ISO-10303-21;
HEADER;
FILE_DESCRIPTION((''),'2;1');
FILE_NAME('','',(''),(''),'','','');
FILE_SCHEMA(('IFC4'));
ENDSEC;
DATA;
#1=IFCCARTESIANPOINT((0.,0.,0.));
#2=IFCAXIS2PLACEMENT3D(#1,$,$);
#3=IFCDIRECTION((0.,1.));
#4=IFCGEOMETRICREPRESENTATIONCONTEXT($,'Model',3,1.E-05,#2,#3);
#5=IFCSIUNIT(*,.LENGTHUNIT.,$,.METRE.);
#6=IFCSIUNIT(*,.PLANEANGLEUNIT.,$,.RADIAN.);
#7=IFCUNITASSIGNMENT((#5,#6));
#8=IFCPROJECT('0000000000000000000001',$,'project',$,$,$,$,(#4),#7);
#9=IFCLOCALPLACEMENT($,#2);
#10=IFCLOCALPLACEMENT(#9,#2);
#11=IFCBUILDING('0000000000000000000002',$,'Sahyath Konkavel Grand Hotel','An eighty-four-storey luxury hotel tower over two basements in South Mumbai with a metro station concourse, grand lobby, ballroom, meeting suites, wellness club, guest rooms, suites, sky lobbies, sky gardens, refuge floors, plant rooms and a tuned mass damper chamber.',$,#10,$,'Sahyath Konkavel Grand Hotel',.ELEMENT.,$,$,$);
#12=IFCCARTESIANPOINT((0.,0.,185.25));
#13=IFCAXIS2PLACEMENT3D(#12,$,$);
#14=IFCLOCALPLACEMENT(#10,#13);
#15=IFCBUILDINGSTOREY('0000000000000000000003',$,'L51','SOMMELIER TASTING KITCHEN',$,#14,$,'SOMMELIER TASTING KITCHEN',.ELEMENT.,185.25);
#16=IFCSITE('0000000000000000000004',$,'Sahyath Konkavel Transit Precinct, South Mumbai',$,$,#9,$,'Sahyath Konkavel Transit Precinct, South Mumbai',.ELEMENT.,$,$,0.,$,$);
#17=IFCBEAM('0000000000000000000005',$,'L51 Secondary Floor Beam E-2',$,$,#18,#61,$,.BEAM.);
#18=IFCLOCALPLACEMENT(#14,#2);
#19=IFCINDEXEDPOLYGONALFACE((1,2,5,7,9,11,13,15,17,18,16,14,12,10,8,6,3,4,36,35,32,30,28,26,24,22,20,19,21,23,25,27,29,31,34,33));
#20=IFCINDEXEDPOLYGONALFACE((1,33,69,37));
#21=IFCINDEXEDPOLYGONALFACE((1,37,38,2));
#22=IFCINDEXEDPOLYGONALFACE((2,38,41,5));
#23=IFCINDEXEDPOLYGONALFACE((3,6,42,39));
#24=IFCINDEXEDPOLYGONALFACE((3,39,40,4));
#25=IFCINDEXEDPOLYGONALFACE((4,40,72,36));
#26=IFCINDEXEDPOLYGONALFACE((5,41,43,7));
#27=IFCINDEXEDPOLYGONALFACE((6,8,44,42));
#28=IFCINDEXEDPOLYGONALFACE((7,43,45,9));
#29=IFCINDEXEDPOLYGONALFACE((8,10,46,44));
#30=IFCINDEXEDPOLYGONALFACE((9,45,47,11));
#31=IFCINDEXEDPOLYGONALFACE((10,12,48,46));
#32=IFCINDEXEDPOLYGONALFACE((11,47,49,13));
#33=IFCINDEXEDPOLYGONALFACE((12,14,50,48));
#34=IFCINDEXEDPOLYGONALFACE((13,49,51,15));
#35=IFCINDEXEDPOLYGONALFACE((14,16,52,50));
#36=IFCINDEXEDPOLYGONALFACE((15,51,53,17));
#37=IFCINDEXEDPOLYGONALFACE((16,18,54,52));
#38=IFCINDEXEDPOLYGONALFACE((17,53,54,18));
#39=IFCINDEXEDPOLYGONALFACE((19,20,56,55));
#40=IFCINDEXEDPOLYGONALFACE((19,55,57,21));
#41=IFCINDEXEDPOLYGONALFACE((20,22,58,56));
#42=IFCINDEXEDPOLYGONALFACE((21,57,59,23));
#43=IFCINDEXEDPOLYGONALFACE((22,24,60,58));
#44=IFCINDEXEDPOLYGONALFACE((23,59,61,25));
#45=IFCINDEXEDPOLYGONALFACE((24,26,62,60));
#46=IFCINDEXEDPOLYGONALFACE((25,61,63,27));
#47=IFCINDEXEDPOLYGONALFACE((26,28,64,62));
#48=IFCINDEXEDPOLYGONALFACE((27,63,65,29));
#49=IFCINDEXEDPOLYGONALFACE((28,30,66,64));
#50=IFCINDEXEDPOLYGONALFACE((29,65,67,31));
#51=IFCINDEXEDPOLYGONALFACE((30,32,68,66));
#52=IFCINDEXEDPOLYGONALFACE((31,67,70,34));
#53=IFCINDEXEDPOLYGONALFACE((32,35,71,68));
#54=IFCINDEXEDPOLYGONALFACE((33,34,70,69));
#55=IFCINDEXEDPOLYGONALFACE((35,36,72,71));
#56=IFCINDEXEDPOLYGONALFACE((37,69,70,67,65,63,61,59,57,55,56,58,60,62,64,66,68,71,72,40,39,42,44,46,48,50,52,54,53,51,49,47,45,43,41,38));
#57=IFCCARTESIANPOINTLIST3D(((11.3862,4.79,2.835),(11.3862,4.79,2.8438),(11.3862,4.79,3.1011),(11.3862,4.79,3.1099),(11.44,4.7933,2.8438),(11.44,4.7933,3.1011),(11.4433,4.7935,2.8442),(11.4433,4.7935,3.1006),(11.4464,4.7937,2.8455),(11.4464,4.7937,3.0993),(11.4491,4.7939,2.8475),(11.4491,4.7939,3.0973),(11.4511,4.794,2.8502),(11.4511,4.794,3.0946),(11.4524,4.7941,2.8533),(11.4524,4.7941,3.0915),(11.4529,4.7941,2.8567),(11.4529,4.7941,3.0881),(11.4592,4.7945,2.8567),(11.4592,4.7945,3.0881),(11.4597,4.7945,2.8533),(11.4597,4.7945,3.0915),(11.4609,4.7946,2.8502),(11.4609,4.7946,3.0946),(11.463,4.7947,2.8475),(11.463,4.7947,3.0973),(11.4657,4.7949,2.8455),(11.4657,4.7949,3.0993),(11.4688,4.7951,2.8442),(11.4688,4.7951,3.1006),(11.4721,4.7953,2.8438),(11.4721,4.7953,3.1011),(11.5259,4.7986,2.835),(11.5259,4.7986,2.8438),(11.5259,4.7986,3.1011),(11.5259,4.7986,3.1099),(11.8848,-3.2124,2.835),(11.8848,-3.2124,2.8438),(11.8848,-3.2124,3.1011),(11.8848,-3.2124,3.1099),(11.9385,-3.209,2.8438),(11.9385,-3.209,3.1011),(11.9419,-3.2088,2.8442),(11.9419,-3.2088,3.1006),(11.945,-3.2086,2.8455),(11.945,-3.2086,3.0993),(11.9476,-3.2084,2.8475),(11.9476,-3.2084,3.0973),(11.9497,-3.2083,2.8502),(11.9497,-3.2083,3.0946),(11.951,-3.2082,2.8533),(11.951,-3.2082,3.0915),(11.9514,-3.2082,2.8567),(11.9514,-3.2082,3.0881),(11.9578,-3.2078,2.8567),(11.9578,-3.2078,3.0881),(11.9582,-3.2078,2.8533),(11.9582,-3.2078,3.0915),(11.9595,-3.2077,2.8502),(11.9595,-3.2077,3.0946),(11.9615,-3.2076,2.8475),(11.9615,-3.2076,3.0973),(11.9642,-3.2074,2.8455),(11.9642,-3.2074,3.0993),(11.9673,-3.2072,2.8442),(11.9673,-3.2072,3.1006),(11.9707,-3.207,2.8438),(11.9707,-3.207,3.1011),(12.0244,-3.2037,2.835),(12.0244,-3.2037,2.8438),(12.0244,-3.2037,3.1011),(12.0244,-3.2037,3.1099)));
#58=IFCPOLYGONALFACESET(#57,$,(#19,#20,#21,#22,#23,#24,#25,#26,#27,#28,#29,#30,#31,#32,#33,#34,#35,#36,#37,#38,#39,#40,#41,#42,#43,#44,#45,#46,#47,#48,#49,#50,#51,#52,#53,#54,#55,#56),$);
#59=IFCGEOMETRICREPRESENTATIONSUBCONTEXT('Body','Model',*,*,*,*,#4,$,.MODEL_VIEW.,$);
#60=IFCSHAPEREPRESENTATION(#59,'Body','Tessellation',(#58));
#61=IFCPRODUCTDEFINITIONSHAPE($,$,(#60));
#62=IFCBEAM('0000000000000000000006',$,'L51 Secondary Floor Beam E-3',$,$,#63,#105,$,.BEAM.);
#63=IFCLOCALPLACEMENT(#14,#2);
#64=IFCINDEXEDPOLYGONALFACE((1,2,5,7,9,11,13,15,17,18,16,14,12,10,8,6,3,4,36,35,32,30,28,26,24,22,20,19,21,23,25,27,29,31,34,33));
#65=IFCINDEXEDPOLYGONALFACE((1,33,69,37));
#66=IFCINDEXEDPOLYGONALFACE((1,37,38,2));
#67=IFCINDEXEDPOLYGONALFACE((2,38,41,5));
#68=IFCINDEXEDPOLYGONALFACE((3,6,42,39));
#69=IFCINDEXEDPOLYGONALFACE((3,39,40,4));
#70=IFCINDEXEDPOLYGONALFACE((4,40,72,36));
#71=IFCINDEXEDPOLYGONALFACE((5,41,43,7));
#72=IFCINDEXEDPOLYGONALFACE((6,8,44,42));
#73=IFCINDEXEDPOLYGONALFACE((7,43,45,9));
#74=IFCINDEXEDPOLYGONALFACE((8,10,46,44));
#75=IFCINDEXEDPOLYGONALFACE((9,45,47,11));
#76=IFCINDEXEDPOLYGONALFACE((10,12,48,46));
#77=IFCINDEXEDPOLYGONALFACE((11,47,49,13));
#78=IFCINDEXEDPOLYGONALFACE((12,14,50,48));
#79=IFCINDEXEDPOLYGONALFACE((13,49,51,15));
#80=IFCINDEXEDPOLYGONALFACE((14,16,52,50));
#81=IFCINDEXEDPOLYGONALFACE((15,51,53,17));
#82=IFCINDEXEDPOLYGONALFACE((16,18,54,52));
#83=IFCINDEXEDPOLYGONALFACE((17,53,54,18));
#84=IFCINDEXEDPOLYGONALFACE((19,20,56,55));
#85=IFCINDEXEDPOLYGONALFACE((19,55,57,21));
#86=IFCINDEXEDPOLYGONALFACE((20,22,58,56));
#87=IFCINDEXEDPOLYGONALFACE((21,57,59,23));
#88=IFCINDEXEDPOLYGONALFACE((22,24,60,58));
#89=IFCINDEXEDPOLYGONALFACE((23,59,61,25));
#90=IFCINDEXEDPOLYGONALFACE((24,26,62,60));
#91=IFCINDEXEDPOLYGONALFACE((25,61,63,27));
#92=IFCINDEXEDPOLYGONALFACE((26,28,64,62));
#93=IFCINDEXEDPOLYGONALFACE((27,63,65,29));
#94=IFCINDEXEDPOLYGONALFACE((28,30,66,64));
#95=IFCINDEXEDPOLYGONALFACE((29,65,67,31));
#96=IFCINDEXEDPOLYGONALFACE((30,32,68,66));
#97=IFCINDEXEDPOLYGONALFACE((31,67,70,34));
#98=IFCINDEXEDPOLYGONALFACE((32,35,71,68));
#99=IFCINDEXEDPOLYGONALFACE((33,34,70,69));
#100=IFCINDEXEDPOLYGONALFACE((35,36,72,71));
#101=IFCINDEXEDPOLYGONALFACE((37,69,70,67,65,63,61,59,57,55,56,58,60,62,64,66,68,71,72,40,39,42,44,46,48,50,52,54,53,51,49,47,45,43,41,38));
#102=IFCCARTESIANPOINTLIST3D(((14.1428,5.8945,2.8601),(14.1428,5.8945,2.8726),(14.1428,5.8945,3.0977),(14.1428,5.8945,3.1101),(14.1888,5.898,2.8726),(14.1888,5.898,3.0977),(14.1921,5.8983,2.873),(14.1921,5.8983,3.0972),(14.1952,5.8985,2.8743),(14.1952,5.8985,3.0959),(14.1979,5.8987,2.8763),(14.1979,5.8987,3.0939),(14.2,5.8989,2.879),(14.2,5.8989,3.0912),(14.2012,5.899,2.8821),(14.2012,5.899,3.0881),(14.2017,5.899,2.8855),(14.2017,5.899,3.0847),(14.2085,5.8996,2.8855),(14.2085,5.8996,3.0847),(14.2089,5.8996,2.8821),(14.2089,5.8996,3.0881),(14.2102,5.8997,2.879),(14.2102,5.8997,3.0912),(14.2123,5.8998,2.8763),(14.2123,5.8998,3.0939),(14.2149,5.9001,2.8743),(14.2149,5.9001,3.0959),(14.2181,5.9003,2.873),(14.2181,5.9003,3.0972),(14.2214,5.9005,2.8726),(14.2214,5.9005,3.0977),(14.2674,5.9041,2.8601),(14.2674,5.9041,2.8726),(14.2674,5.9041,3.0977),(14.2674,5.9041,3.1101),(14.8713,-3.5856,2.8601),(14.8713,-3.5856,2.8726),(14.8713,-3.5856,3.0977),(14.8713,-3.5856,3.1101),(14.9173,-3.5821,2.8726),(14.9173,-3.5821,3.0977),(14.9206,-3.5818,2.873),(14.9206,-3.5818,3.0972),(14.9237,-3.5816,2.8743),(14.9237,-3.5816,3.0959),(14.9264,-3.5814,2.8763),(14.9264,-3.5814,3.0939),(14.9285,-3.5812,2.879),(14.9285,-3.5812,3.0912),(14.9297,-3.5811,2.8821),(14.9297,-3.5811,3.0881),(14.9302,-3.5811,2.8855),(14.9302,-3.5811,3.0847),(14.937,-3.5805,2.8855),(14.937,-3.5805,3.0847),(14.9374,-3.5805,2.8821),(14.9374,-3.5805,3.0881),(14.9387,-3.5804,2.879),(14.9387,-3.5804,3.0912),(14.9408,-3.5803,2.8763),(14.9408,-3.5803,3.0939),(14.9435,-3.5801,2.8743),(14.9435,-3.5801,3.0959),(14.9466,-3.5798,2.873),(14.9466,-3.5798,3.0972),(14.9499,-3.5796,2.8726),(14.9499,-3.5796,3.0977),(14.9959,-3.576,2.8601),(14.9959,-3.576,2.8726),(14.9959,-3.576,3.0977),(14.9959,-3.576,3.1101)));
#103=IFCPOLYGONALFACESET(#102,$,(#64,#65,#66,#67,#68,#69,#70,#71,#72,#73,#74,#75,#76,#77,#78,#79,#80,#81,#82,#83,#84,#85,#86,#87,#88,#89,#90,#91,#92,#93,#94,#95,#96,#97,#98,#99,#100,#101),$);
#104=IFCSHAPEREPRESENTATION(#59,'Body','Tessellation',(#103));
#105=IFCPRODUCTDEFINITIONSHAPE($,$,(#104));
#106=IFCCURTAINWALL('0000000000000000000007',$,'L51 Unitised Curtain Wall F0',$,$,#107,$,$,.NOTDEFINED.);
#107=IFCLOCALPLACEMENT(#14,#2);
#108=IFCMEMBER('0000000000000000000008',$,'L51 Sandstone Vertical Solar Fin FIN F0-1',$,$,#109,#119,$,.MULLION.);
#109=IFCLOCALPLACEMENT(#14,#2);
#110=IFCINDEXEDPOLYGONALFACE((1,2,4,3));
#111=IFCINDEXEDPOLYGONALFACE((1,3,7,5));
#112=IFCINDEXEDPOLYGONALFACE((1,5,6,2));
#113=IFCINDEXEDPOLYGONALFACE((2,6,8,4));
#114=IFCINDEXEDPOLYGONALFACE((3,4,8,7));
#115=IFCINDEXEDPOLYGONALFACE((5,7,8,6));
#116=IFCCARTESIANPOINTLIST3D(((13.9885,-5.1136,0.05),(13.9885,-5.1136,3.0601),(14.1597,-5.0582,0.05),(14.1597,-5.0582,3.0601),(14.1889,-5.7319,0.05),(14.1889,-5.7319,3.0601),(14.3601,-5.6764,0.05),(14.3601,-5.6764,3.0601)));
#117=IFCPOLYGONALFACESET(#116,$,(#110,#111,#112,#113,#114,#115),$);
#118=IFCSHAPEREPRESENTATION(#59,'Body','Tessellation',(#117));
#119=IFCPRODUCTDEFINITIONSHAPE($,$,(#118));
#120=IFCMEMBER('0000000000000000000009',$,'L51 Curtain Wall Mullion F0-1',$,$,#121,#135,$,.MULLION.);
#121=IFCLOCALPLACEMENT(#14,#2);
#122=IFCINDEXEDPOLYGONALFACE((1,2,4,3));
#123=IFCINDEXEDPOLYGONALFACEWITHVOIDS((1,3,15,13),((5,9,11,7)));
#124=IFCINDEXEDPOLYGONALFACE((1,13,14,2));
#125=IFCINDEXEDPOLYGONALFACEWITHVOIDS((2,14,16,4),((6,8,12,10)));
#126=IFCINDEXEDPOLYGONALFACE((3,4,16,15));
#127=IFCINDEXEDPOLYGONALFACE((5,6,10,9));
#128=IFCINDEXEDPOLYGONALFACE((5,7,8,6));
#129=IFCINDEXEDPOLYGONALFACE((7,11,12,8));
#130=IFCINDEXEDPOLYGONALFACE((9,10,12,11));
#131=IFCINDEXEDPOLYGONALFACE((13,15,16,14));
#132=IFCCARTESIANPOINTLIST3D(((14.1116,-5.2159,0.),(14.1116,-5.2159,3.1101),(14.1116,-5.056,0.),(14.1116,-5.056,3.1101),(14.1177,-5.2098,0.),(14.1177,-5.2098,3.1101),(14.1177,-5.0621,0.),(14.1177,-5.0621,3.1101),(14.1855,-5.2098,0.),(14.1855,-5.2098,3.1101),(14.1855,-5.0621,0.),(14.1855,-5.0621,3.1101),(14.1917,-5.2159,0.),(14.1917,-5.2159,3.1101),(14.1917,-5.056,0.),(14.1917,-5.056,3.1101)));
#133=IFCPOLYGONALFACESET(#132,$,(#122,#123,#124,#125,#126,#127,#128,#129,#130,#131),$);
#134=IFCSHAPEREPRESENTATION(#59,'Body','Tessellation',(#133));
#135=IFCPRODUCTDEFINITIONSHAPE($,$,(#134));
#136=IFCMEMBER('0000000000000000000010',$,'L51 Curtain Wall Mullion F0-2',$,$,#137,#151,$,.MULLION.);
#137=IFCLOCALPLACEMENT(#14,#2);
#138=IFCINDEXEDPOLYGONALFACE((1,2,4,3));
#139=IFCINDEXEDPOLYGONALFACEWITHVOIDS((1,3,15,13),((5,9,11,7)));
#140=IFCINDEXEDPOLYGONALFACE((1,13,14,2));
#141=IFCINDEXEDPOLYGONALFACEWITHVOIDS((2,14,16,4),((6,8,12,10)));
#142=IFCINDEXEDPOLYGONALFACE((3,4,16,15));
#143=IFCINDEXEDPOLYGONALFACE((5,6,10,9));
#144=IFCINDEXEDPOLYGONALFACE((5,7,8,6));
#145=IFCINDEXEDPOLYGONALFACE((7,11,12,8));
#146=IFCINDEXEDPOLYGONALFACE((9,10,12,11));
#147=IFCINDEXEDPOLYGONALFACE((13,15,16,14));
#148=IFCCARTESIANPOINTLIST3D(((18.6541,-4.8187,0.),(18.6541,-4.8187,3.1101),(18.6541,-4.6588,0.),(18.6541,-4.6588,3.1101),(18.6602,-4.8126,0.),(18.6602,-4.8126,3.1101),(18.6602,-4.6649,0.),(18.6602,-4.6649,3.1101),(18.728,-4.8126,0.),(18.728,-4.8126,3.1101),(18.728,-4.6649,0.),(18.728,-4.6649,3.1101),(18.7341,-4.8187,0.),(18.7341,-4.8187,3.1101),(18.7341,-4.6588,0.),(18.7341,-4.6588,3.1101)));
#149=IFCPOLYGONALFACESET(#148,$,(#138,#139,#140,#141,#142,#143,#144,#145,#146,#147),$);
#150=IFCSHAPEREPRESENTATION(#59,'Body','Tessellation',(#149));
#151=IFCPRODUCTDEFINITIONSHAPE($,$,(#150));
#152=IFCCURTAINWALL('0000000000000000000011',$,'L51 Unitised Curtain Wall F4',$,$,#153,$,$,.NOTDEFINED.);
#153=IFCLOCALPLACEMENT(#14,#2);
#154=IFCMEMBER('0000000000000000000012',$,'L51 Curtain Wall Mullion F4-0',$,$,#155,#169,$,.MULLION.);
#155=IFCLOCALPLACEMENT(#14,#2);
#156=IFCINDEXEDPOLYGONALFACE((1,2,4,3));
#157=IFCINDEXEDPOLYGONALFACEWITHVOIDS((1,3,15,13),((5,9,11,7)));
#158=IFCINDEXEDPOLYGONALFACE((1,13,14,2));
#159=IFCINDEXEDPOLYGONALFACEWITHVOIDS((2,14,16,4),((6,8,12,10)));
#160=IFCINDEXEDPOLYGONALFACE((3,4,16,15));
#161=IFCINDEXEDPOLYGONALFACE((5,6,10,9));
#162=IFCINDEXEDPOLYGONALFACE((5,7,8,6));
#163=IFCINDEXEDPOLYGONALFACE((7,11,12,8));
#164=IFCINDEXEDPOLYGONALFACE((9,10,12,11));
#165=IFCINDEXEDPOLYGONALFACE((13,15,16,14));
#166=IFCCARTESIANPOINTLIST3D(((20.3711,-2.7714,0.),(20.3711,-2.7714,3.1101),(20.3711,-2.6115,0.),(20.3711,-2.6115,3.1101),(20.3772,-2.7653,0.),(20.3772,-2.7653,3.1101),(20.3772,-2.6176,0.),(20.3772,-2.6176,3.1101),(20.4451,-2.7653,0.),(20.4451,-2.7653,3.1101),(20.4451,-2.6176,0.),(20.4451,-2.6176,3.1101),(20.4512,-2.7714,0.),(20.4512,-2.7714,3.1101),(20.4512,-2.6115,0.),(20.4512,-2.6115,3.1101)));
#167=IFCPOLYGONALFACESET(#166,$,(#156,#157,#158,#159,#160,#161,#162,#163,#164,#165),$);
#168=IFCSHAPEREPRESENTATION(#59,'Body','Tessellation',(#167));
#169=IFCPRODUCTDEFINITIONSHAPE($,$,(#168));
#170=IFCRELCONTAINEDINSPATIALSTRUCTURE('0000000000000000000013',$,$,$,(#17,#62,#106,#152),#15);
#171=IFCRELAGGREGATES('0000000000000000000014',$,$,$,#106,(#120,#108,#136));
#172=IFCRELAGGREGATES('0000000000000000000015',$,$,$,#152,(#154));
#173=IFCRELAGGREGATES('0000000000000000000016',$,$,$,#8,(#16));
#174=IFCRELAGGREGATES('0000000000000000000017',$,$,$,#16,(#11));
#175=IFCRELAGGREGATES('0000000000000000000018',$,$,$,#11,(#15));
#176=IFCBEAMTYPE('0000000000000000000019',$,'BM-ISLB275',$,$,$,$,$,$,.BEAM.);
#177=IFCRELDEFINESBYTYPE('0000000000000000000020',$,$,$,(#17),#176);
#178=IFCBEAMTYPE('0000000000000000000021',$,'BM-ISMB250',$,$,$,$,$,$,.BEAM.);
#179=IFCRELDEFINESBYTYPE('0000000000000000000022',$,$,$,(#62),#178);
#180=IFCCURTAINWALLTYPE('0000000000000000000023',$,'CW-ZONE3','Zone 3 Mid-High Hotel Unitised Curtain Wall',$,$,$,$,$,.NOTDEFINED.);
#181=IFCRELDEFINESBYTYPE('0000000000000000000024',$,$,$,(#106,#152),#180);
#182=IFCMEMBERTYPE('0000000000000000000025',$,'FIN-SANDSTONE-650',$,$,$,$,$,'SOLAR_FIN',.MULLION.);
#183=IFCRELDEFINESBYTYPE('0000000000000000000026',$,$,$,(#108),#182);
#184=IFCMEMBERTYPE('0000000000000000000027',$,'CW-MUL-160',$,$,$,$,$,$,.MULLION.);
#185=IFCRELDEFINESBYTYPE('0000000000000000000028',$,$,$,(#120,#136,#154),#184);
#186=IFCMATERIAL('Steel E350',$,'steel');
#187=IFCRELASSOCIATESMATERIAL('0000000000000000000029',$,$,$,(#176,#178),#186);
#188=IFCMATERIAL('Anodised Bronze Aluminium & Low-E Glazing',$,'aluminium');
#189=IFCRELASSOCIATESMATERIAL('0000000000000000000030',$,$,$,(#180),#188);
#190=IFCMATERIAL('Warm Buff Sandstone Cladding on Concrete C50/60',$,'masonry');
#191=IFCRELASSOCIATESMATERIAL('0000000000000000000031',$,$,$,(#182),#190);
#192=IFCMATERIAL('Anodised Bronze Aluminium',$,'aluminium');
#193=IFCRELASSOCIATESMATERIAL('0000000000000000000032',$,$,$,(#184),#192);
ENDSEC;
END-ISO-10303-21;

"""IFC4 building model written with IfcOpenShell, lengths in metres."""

from ifc_helpers import new_model, si_unit, direction, frame, origin, origin_2d, place, context, subcontext, project, spatial, rectangle, hollow_rectangle, i_section, extrude, source, transform, mapped, material, material_profile, profile_set, type_object, element, aggregate, save


model = new_model("IFC4")

# Units and contexts
model_context = context("Model", 3, precision=1e-05, world=origin(), true_north=direction((0.0, 1.0)))
body_context = subcontext(model_context, "Body", "Model", "MODEL_VIEW")
ifc_project = project(units=[si_unit("LENGTHUNIT", "METRE"), si_unit("PLANEANGLEUNIT", "RADIAN")], contexts=[model_context])

# Site, building, storey
site_placement = place(None, origin())
site = spatial("IfcSite", under=ifc_project, at=site_placement, Name="Sahyath Konkavel Transit Precinct, South Mumbai", LongName="Sahyath Konkavel Transit Precinct, South Mumbai", CompositionType="ELEMENT", RefElevation=0.0)
building_placement = place(site_placement, origin())
building = spatial("IfcBuilding", under=site, at=building_placement, Name="Sahyath Konkavel Grand Hotel", Description="An eighty-four-storey luxury hotel tower over two basements in South Mumbai with a metro station concourse, grand lobby, ballroom, meeting suites, wellness club, guest rooms, suites, sky lobbies, sky gardens, refuge floors, plant rooms and a tuned mass damper chamber.", LongName="Sahyath Konkavel Grand Hotel", CompositionType="ELEMENT")
storey_placement = place(building_placement, frame((0.0, 0.0, 185.25)))
storey = spatial("IfcBuildingStorey", under=building, at=storey_placement, Name="L51", Description="SOMMELIER TASTING KITCHEN", LongName="SOMMELIER TASTING KITCHEN", CompositionType="ELEMENT", Elevation=185.25)

# Beams
ifc_material_1 = material(Name="Steel E350", Category="steel")
ifc_material_profile_1 = material_profile(ifc_material_1, i_section(OverallWidth=0.1399, OverallDepth=0.2749, WebThickness=0.0063, FlangeThickness=0.0088, FilletRadius=0.0129, at=origin_2d()), Name="ISLB 275")
ifc_profile_set_1 = profile_set([ifc_material_profile_1], Name="Steel E350")
beam_type_1 = type_object("IfcBeamType", Name="BM-ISLB275", PredefinedType="BEAM", material=ifc_profile_set_1)
shared_shape_1 = source(origin(), body_context, "Body", "SweptSolid", [
    extrude(i_section(OverallWidth=0.1399, OverallDepth=0.2749, WebThickness=0.0063, FlangeThickness=0.0088, FilletRadius=0.0129, at=origin_2d()), origin(), (0.0, 0.0, 1.0), 8.0178),
])
beam_1_placement = place(storey_placement, frame((11.9546, -3.208, 2.9724), z_axis=(-0.062179, 0.998065, 0.0), x_axis=(-0.998065, -0.062179, 0.0)))
element("IfcBeam", 1, at=beam_1_placement, inside=storey, type_object=beam_type_1, Name="L51 Secondary Floor Beam E-2", PredefinedType="BEAM", context=body_context, shape_type="MappedRepresentation", body=[
    mapped(shared_shape_1, transform((0.0, 0.0, 0.0), scale=1.0)),
])
ifc_material_profile_2 = material_profile(ifc_material_1, i_section(OverallWidth=0.125, OverallDepth=0.25, WebThickness=0.0068, FlangeThickness=0.0125, FilletRadius=0.0129, at=origin_2d()), Name="ISMB 250")
ifc_profile_set_2 = profile_set([ifc_material_profile_2], Name="Steel E350")
beam_type_2 = type_object("IfcBeamType", Name="BM-ISMB250", PredefinedType="BEAM", material=ifc_profile_set_2)
shared_shape_2 = source(origin(), body_context, "Body", "SweptSolid", [
    extrude(i_section(OverallWidth=0.125, OverallDepth=0.25, WebThickness=0.0068, FlangeThickness=0.0125, FilletRadius=0.0129, at=origin_2d()), origin(), (0.0, 0.0, 1.0), 9.5081),
])
beam_2_placement = place(storey_placement, frame((14.9336, -3.5808, 2.9851), z_axis=(-0.07662, 0.99706, 0.0), x_axis=(-0.99706, -0.07662, 0.0)))
element("IfcBeam", 2, at=beam_2_placement, inside=storey, type_object=beam_type_2, Name="L51 Secondary Floor Beam E-3", PredefinedType="BEAM", context=body_context, shape_type="MappedRepresentation", body=[
    mapped(shared_shape_2, transform((0.0, 0.0, 0.0), scale=1.0)),
])

# Curtain wall, members
ifc_material_2 = material(Name="Anodised Bronze Aluminium & Low-E Glazing", Category="aluminium")
curtain_wall_type = type_object("IfcCurtainWallType", Name="CW-ZONE3", Description="Zone 3 Mid-High Hotel Unitised Curtain Wall", PredefinedType="NOTDEFINED", material=ifc_material_2)
curtain_wall_1_placement = place(storey_placement, origin())
curtain_wall_1 = element("IfcCurtainWall", 3, at=curtain_wall_1_placement, inside=storey, type_object=curtain_wall_type, Name="L51 Unitised Curtain Wall F0", PredefinedType="NOTDEFINED")
ifc_material_3 = material(Name="Warm Buff Sandstone Cladding on Concrete C50/60", Category="masonry")
ifc_material_profile_3 = material_profile(ifc_material_3, rectangle(XDim=0.1799, YDim=0.6499, at=origin_2d()), Name="FIN 180x650")
ifc_profile_set_3 = profile_set([ifc_material_profile_3], Name="Warm Buff Sandstone Cladding on Concrete C50/60")
member_type_1 = type_object("IfcMemberType", Name="FIN-SANDSTONE-650", ElementType="SOLAR_FIN", PredefinedType="MULLION", material=ifc_profile_set_3)
shared_shape_3 = source(origin(), body_context, "Body", "SweptSolid", [
    extrude(rectangle(XDim=0.1799, YDim=0.6499, at=origin_2d()), origin(), (0.0, 0.0, 1.0), 3.01),
])
member_1_placement = place(storey_placement, frame((14.1743, -5.395, 0.05), z_axis=(0.0, 0.0, 1.0), x_axis=(0.951272, 0.308353, 0.0)))
member_1 = element("IfcMember", 4, at=member_1_placement, type_object=member_type_1, Name="L51 Sandstone Vertical Solar Fin FIN F0-1", PredefinedType="MULLION", context=body_context, shape_type="MappedRepresentation", body=[
    mapped(shared_shape_3, transform((0.0, 0.0, 0.0), scale=1.0)),
])
ifc_material_4 = material(Name="Anodised Bronze Aluminium", Category="aluminium")
ifc_material_profile_4 = material_profile(ifc_material_4, hollow_rectangle(XDim=0.0801, YDim=0.1599, WallThickness=0.0061, at=origin_2d()), Name="RHS 160x80x6")
ifc_profile_set_4 = profile_set([ifc_material_profile_4], Name="Anodised Bronze Aluminium")
member_type_2 = type_object("IfcMemberType", Name="CW-MUL-160", PredefinedType="MULLION", material=ifc_profile_set_4)
shared_shape_4 = source(origin(), body_context, "Body", "SweptSolid", [
    extrude(hollow_rectangle(XDim=0.0801, YDim=0.1599, WallThickness=0.0061, at=origin_2d()), origin(), (0.0, 0.0, 1.0), 3.1101),
])
member_2_placement = place(storey_placement, frame((14.1516, -5.136, 0.0), z_axis=(0.0, 0.0, 1.0), x_axis=(1.0, 0.0, 0.0)))
member_2 = element("IfcMember", 5, at=member_2_placement, type_object=member_type_2, Name="L51 Curtain Wall Mullion F0-1", PredefinedType="MULLION", context=body_context, shape_type="MappedRepresentation", body=[
    mapped(shared_shape_4, transform((0.0, 0.0, 0.0), scale=1.0)),
])
member_3_placement = place(storey_placement, frame((18.6941, -4.7388, 0.0), z_axis=(0.0, 0.0, 1.0), x_axis=(1.0, 0.0, 0.0)))
member_3 = element("IfcMember", 6, at=member_3_placement, type_object=member_type_2, Name="L51 Curtain Wall Mullion F0-2", PredefinedType="MULLION", context=body_context, shape_type="MappedRepresentation", body=[
    mapped(shared_shape_4, transform((0.0, 0.0, 0.0), scale=1.0)),
])

# Curtain wall, member
curtain_wall_2_placement = place(storey_placement, origin())
curtain_wall_2 = element("IfcCurtainWall", 7, at=curtain_wall_2_placement, inside=storey, type_object=curtain_wall_type, Name="L51 Unitised Curtain Wall F4", PredefinedType="NOTDEFINED")
member_4_placement = place(storey_placement, frame((20.4111, -2.6914, 0.0), z_axis=(0.0, 0.0, 1.0), x_axis=(1.0, 0.0, 0.0)))
member_4 = element("IfcMember", 8, at=member_4_placement, type_object=member_type_2, Name="L51 Curtain Wall Mullion F4-0", PredefinedType="MULLION", context=body_context, shape_type="MappedRepresentation", body=[
    mapped(shared_shape_4, transform((0.0, 0.0, 0.0), scale=1.0)),
])

aggregate(curtain_wall_1, [member_2, member_1, member_3])
aggregate(curtain_wall_2, [member_4])

save(model, "model.ifc")
